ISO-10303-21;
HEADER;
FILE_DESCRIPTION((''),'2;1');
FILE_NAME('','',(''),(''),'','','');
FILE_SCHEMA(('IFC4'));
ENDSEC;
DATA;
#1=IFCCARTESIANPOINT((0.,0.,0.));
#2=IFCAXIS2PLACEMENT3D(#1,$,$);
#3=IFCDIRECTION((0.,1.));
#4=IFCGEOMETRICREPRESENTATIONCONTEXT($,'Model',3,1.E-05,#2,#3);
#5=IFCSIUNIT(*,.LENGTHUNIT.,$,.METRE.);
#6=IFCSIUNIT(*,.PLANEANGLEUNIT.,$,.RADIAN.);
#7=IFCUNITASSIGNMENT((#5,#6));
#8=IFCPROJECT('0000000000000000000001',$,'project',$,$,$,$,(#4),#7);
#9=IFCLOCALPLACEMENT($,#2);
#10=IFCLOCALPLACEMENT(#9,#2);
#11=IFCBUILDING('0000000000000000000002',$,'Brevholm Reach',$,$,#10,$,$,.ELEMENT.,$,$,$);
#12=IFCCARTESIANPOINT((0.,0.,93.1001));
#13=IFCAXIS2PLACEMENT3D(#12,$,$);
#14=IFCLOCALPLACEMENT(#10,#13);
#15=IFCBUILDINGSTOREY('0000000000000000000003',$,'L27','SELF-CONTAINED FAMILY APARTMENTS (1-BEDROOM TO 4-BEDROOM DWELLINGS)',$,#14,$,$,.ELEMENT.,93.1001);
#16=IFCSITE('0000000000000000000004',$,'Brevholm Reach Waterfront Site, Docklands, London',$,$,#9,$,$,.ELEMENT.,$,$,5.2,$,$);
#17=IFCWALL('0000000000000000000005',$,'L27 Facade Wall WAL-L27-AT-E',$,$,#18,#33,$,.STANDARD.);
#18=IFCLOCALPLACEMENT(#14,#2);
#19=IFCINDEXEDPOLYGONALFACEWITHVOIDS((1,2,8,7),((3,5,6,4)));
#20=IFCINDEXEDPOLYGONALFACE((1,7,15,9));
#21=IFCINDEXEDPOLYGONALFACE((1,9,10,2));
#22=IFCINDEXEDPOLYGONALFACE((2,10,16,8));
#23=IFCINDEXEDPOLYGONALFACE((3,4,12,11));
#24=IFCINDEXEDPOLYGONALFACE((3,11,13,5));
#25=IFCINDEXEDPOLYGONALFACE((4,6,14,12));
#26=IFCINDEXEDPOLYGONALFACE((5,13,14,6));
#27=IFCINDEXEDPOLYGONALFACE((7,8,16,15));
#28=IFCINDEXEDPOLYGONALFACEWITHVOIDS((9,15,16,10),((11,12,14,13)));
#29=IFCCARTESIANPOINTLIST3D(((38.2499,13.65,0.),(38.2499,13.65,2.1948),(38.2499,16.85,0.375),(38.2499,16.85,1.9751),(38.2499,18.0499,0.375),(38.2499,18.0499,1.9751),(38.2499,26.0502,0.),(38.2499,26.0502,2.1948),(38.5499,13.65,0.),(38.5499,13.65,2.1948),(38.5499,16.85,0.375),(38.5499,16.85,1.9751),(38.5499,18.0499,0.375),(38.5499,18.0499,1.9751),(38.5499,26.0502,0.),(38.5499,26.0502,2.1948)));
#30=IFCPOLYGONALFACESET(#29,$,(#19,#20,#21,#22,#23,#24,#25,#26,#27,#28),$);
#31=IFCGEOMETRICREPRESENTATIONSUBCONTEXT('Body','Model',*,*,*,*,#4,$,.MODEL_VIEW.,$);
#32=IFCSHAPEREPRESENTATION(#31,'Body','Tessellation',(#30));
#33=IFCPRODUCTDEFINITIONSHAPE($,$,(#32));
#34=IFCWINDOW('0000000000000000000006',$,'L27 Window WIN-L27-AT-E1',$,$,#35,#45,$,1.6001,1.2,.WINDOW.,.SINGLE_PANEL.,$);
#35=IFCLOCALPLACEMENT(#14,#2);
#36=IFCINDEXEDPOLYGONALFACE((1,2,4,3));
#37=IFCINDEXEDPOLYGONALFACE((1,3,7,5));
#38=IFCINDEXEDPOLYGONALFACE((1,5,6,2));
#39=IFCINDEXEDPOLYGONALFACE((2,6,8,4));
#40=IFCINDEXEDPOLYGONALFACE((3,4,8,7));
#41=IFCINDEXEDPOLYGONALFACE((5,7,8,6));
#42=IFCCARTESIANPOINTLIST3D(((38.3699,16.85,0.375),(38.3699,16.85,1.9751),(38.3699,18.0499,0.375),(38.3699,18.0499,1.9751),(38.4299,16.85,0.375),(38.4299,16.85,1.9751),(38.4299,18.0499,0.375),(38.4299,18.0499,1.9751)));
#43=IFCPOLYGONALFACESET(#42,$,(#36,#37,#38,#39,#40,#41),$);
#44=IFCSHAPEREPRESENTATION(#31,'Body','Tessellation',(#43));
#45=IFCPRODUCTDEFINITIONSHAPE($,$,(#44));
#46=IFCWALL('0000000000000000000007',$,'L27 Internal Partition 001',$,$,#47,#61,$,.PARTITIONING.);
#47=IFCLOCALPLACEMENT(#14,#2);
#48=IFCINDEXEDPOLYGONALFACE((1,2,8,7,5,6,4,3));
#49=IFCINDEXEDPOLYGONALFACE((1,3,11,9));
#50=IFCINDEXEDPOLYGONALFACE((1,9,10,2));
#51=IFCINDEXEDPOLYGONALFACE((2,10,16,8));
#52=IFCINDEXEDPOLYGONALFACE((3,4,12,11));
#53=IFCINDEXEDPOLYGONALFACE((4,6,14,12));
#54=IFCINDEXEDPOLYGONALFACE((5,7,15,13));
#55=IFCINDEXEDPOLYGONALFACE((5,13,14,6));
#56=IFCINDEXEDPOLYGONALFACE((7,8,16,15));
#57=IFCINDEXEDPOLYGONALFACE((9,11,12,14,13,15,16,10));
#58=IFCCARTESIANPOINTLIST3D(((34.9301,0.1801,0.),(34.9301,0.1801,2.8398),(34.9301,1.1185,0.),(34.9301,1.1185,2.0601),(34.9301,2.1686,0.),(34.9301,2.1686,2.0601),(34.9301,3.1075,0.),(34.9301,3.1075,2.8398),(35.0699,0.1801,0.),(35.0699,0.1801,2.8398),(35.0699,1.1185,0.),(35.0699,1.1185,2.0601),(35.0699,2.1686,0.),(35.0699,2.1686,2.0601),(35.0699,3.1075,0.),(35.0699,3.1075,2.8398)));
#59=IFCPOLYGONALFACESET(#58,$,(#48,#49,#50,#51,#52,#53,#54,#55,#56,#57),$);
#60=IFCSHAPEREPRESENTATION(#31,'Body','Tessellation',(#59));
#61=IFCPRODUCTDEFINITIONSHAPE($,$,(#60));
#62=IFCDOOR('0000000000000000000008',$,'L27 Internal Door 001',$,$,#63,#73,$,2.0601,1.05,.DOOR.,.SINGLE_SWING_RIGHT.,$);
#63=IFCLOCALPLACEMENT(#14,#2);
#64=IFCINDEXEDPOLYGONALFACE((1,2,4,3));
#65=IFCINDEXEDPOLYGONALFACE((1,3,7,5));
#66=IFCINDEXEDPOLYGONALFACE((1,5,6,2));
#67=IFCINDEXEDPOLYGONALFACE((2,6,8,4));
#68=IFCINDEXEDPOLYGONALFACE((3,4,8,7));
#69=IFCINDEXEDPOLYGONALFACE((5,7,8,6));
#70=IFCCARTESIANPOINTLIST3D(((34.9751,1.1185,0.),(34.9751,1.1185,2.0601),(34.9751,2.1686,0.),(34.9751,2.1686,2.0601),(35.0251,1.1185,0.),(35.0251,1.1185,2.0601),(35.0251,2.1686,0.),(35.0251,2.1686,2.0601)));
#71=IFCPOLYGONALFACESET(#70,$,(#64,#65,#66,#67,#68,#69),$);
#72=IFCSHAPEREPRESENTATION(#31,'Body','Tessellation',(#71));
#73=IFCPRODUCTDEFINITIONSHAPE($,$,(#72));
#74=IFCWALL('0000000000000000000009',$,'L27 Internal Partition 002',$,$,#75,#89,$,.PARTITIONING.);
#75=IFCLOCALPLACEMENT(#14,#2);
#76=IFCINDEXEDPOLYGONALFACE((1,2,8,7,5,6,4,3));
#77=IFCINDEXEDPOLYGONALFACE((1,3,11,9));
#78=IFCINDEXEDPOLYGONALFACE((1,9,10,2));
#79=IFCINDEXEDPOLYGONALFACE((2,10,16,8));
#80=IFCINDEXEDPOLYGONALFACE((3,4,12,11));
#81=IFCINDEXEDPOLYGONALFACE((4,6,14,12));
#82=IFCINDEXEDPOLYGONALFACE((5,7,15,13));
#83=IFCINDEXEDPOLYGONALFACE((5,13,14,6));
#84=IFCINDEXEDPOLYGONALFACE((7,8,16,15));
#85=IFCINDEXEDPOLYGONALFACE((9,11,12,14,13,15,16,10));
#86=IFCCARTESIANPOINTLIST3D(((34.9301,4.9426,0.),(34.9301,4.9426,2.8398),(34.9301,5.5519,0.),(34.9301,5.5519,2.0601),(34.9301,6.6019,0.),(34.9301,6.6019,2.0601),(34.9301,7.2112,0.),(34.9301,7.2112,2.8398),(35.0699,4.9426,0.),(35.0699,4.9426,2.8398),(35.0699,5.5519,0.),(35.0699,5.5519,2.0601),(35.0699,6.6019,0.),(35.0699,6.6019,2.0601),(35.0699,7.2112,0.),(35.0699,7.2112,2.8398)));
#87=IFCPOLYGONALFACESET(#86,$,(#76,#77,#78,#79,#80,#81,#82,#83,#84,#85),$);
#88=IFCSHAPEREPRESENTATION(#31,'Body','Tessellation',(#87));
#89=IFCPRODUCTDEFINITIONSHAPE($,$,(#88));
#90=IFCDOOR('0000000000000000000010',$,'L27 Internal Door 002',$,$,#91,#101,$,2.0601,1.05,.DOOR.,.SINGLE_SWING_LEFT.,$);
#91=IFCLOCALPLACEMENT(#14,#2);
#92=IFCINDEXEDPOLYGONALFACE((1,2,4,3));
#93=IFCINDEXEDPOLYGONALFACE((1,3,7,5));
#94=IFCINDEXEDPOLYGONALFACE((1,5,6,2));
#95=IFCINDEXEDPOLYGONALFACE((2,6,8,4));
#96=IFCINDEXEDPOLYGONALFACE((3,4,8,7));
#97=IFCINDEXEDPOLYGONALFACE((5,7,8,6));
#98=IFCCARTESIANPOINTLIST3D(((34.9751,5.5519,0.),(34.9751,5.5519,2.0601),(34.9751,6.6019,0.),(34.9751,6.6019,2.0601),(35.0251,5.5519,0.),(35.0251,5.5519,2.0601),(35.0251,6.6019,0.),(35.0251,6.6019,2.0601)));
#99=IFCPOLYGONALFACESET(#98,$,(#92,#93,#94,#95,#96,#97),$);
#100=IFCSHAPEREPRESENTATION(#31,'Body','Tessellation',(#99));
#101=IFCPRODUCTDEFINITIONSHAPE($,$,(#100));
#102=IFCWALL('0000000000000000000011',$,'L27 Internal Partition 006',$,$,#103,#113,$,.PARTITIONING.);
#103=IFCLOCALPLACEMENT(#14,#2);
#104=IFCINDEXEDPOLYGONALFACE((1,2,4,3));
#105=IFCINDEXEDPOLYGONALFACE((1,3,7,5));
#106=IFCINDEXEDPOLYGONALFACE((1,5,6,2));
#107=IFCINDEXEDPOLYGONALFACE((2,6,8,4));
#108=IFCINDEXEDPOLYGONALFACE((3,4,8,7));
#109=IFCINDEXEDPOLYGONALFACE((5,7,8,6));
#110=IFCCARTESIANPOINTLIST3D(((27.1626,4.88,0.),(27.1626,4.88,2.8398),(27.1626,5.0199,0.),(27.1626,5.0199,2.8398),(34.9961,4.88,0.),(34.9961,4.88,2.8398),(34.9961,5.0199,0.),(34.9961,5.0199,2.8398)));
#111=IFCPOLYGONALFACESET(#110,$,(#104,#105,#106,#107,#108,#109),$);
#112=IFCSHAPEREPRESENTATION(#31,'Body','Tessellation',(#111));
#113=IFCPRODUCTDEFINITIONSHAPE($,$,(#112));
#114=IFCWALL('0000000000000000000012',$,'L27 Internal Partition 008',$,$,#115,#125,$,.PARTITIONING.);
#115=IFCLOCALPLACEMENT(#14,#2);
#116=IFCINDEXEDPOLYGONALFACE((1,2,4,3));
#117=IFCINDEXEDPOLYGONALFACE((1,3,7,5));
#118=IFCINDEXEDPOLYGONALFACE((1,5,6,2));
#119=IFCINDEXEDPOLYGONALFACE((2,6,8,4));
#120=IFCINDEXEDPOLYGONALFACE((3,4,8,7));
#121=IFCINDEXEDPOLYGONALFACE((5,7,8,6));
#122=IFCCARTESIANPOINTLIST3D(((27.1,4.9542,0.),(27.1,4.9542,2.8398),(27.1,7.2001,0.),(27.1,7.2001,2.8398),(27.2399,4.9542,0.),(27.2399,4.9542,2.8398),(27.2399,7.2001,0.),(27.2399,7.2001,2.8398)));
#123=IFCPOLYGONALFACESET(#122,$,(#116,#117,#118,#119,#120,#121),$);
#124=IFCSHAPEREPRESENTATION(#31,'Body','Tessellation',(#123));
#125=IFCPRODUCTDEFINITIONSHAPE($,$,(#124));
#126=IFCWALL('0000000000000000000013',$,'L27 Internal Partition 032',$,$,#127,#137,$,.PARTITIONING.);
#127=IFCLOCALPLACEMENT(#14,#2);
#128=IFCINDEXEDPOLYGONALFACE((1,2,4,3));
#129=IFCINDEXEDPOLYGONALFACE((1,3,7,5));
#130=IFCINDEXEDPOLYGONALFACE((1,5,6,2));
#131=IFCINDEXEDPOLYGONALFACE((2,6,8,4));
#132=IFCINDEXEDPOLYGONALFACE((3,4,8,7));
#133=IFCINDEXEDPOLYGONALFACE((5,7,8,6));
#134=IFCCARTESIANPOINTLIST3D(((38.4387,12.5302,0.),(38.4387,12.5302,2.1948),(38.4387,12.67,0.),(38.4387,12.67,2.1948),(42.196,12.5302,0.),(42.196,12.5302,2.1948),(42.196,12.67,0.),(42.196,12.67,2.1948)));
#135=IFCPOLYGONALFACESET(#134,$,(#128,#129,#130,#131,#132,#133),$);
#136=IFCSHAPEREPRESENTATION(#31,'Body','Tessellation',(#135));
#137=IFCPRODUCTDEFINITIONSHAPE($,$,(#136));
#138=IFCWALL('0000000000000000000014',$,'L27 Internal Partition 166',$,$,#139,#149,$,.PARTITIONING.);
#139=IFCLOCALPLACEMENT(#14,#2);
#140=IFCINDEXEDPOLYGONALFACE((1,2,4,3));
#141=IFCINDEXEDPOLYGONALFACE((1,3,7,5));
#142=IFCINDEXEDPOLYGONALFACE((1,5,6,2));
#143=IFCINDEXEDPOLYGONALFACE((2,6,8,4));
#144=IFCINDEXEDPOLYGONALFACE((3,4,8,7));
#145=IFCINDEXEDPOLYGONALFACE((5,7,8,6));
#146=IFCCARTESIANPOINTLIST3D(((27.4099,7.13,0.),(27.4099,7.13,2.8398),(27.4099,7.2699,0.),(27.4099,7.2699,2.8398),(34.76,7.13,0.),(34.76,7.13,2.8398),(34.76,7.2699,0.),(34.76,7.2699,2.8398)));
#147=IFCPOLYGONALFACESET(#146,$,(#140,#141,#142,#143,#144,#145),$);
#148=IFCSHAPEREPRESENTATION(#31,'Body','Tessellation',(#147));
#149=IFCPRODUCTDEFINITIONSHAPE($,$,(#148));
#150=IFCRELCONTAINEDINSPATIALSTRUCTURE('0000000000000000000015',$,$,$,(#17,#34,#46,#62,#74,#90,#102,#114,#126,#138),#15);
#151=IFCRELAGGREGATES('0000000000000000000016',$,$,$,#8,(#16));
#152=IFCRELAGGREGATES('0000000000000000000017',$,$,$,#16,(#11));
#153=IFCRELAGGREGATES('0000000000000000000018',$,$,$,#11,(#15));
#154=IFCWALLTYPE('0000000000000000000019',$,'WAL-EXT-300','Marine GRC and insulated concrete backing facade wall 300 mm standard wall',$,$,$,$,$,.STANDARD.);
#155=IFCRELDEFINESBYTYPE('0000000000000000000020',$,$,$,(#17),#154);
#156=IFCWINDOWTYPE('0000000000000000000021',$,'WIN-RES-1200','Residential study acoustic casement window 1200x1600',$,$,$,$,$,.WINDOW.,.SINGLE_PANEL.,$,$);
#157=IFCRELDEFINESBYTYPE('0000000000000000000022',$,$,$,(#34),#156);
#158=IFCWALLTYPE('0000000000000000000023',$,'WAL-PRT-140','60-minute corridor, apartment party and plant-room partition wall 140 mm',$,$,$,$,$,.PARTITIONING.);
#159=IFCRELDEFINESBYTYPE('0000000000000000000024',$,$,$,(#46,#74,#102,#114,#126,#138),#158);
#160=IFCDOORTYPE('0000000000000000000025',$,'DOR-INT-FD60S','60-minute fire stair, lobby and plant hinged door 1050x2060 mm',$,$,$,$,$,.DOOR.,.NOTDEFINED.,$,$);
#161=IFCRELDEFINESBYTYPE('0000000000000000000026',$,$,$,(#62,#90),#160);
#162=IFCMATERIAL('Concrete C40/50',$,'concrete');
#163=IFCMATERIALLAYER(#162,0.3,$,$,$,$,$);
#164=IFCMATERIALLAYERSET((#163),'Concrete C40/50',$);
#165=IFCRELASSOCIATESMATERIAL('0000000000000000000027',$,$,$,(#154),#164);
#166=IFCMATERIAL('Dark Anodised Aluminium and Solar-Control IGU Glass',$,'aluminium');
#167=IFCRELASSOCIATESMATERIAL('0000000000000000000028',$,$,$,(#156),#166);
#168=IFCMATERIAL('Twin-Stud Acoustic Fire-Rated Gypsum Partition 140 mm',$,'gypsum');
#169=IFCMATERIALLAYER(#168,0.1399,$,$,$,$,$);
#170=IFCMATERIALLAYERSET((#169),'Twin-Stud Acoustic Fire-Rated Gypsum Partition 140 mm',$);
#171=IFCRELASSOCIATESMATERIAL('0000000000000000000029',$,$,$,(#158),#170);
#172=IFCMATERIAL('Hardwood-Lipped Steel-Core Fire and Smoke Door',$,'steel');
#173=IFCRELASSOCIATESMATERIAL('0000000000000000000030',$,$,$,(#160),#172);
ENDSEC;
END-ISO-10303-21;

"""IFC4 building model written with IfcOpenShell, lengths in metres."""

from ifc_helpers import new_model, si_unit, direction, frame, frame_2d, origin, place, context, subcontext, project, spatial, rectangle, extrude, material, layer, layer_set, type_object, element, fill, save


model = new_model("IFC4")

# Units and contexts
model_context = context("Model", 3, precision=1e-05, world=origin(), true_north=direction((0.0, 1.0)))
body_context = subcontext(model_context, "Body", "Model", "MODEL_VIEW")
ifc_project = project(units=[si_unit("LENGTHUNIT", "METRE"), si_unit("PLANEANGLEUNIT", "RADIAN")], contexts=[model_context])

# Site, building, storey
site_placement = place(None, origin())
site = spatial("IfcSite", under=ifc_project, at=site_placement, Name="Brevholm Reach Waterfront Site, Docklands, London", CompositionType="ELEMENT", RefElevation=5.2)
building_placement = place(site_placement, origin())
building = spatial("IfcBuilding", under=site, at=building_placement, Name="Brevholm Reach", CompositionType="ELEMENT")
storey_placement = place(building_placement, frame((0.0, 0.0, 93.1001)))
storey = spatial("IfcBuildingStorey", under=building, at=storey_placement, Name="L27", Description="SELF-CONTAINED FAMILY APARTMENTS (1-BEDROOM TO 4-BEDROOM DWELLINGS)", CompositionType="ELEMENT", Elevation=93.1001)

# Wall, opening, window
ifc_material_1 = material(Name="Concrete C40/50", Category="concrete")
ifc_layer_1 = layer(ifc_material_1, 0.3)
ifc_layer_set_1 = layer_set([ifc_layer_1], Name="Concrete C40/50")
wall_type_1 = type_object("IfcWallType", Name="WAL-EXT-300", Description="Marine GRC and insulated concrete backing facade wall 300 mm standard wall", PredefinedType="STANDARD", material=ifc_layer_set_1)
wall_1_placement = place(storey_placement, frame((38.3999, 13.6499, 0.0), z_axis=(0.0, 0.0, 1.0), x_axis=(0.0, 1.0, 0.0)))
wall_1 = element("IfcWall", 1, at=wall_1_placement, inside=storey, type_object=wall_type_1, Name="L27 Facade Wall WAL-L27-AT-E", PredefinedType="STANDARD", context=body_context, shape_type="SweptSolid", body=[
    extrude(rectangle(XDim=12.4001, YDim=0.3, at=frame_2d((6.2002, 0.0))), origin(), (0.0, 0.0, 1.0), 2.1948),
])
opening_1_placement = place(wall_1_placement, frame((3.2, 0.0, 0.375)))
opening_1 = element("IfcOpeningElement", 2, at=opening_1_placement, cuts=wall_1, PredefinedType="OPENING", context=body_context, shape_type="SweptSolid", body=[
    extrude(rectangle(XDim=1.2, YDim=1.6001, at=frame_2d((0.6001, 0.8))), frame((0.0, 0.1599, 0.0), z_axis=(0.0, -1.0, 0.0), x_axis=(1.0, 0.0, 0.0)), (0.0, 0.0, 1.0), 0.3201),
])
ifc_material_2 = material(Name="Dark Anodised Aluminium and Solar-Control IGU Glass", Category="aluminium")
window_type = type_object("IfcWindowType", Name="WIN-RES-1200", Description="Residential study acoustic casement window 1200x1600", PartitioningType="SINGLE_PANEL", PredefinedType="WINDOW", material=ifc_material_2)
window_placement = place(opening_1_placement, origin())
window = element("IfcWindow", 3, at=window_placement, inside=storey, type_object=window_type, Name="L27 Window WIN-L27-AT-E1", OverallHeight=1.6001, OverallWidth=1.2, PartitioningType="SINGLE_PANEL", PredefinedType="WINDOW", context=body_context, shape_type="SweptSolid", body=[
    extrude(rectangle(XDim=1.2, YDim=1.6001, at=frame_2d((0.6001, 0.8))), frame((0.0, 0.03, 0.0), z_axis=(0.0, -1.0, 0.0), x_axis=(1.0, 0.0, 0.0)), (0.0, 0.0, 1.0), 0.0601),
])
fill(opening_1, window)

# Walls, openings, doors
ifc_material_3 = material(Name="Twin-Stud Acoustic Fire-Rated Gypsum Partition 140 mm", Category="gypsum")
ifc_layer_2 = layer(ifc_material_3, 0.1399)
ifc_layer_set_2 = layer_set([ifc_layer_2], Name="Twin-Stud Acoustic Fire-Rated Gypsum Partition 140 mm")
wall_type_2 = type_object("IfcWallType", Name="WAL-PRT-140", Description="60-minute corridor, apartment party and plant-room partition wall 140 mm", PredefinedType="PARTITIONING", material=ifc_layer_set_2)
wall_2_placement = place(storey_placement, frame((35.0, 0.1799, 0.0), z_axis=(0.0, 0.0, 1.0), x_axis=(0.0, 1.0, 0.0)))
wall_2 = element("IfcWall", 4, at=wall_2_placement, inside=storey, type_object=wall_type_2, Name="L27 Internal Partition 001", PredefinedType="PARTITIONING", context=body_context, shape_type="SweptSolid", body=[
    extrude(rectangle(XDim=2.9275, YDim=0.1399, at=frame_2d((1.4639, 0.0))), origin(), (0.0, 0.0, 1.0), 2.8398),
])
opening_2_placement = place(wall_2_placement, frame((0.9387, 0.0, 0.0)))
opening_2 = element("IfcOpeningElement", 5, at=opening_2_placement, cuts=wall_2, PredefinedType="OPENING", context=body_context, shape_type="SweptSolid", body=[
    extrude(rectangle(XDim=1.05, YDim=2.0601, at=frame_2d((0.5249, 1.03))), frame((0.0, 0.0798, 0.0), z_axis=(0.0, -1.0, 0.0), x_axis=(1.0, 0.0, 0.0)), (0.0, 0.0, 1.0), 0.1599),
])
ifc_material_4 = material(Name="Hardwood-Lipped Steel-Core Fire and Smoke Door", Category="steel")
door_type = type_object("IfcDoorType", Name="DOR-INT-FD60S", Description="60-minute fire stair, lobby and plant hinged door 1050x2060 mm", OperationType="NOTDEFINED", PredefinedType="DOOR", material=ifc_material_4)
door_1_placement = place(opening_2_placement, origin())
door_1 = element("IfcDoor", 6, at=door_1_placement, inside=storey, type_object=door_type, Name="L27 Internal Door 001", OperationType="SINGLE_SWING_RIGHT", OverallHeight=2.0601, OverallWidth=1.05, PredefinedType="DOOR", context=body_context, shape_type="SweptSolid", body=[
    extrude(rectangle(XDim=1.05, YDim=2.0601, at=frame_2d((0.5249, 1.03))), frame((0.0, 0.0249, 0.0), z_axis=(0.0, -1.0, 0.0), x_axis=(1.0, 0.0, 0.0)), (0.0, 0.0, 1.0), 0.05),
])
fill(opening_2, door_1)
wall_3_placement = place(storey_placement, frame((35.0, 4.9426, 0.0), z_axis=(0.0, 0.0, 1.0), x_axis=(0.0, 1.0, 0.0)))
wall_3 = element("IfcWall", 7, at=wall_3_placement, inside=storey, type_object=wall_type_2, Name="L27 Internal Partition 002", PredefinedType="PARTITIONING", context=body_context, shape_type="SweptSolid", body=[
    extrude(rectangle(XDim=2.2686, YDim=0.1399, at=frame_2d((1.1343, 0.0))), origin(), (0.0, 0.0, 1.0), 2.8398),
])
opening_3_placement = place(wall_3_placement, frame((0.6094, 0.0, 0.0)))
opening_3 = element("IfcOpeningElement", 8, at=opening_3_placement, cuts=wall_3, PredefinedType="OPENING", context=body_context, shape_type="SweptSolid", body=[
    extrude(rectangle(XDim=1.05, YDim=2.0601, at=frame_2d((0.5249, 1.03))), frame((0.0, 0.0798, 0.0), z_axis=(0.0, -1.0, 0.0), x_axis=(1.0, 0.0, 0.0)), (0.0, 0.0, 1.0), 0.1599),
])
door_2_placement = place(opening_3_placement, origin())
door_2 = element("IfcDoor", 9, at=door_2_placement, inside=storey, type_object=door_type, Name="L27 Internal Door 002", OperationType="SINGLE_SWING_LEFT", OverallHeight=2.0601, OverallWidth=1.05, PredefinedType="DOOR", context=body_context, shape_type="SweptSolid", body=[
    extrude(rectangle(XDim=1.05, YDim=2.0601, at=frame_2d((0.5249, 1.03))), frame((0.0, 0.0249, 0.0), z_axis=(0.0, -1.0, 0.0), x_axis=(1.0, 0.0, 0.0)), (0.0, 0.0, 1.0), 0.05),
])
fill(opening_3, door_2)

# Walls
wall_4_placement = place(storey_placement, frame((27.1626, 4.95, 0.0), z_axis=(0.0, 0.0, 1.0), x_axis=(1.0, 0.0, 0.0)))
element("IfcWall", 10, at=wall_4_placement, inside=storey, type_object=wall_type_2, Name="L27 Internal Partition 006", PredefinedType="PARTITIONING", context=body_context, shape_type="SweptSolid", body=[
    extrude(rectangle(XDim=7.8335, YDim=0.1399, at=frame_2d((3.9167, 0.0))), origin(), (0.0, 0.0, 1.0), 2.8398),
])
wall_5_placement = place(storey_placement, frame((27.1699, 4.9541, 0.0), z_axis=(0.0, 0.0, 1.0), x_axis=(0.0, 1.0, 0.0)))
element("IfcWall", 11, at=wall_5_placement, inside=storey, type_object=wall_type_2, Name="L27 Internal Partition 008", PredefinedType="PARTITIONING", context=body_context, shape_type="SweptSolid", body=[
    extrude(rectangle(XDim=2.2458, YDim=0.1399, at=frame_2d((1.123, 0.0))), origin(), (0.0, 0.0, 1.0), 2.8398),
])
wall_6_placement = place(storey_placement, frame((38.4387, 12.6001, 0.0), z_axis=(0.0, 0.0, 1.0), x_axis=(1.0, 0.0, 0.0)))
element("IfcWall", 12, at=wall_6_placement, inside=storey, type_object=wall_type_2, Name="L27 Internal Partition 032", PredefinedType="PARTITIONING", context=body_context, shape_type="SweptSolid", body=[
    extrude(rectangle(XDim=3.7573, YDim=0.1399, at=frame_2d((1.8787, 0.0))), origin(), (0.0, 0.0, 1.0), 2.1948),
])
wall_7_placement = place(storey_placement, frame((27.4099, 7.2, 0.0), z_axis=(0.0, 0.0, 1.0), x_axis=(1.0, 0.0, 0.0)))
element("IfcWall", 13, at=wall_7_placement, inside=storey, type_object=wall_type_2, Name="L27 Internal Partition 166", PredefinedType="PARTITIONING", context=body_context, shape_type="SweptSolid", body=[
    extrude(rectangle(XDim=7.3501, YDim=0.1399, at=frame_2d((3.675, 0.0))), origin(), (0.0, 0.0, 1.0), 2.8398),
])

save(model, "model.ifc")
